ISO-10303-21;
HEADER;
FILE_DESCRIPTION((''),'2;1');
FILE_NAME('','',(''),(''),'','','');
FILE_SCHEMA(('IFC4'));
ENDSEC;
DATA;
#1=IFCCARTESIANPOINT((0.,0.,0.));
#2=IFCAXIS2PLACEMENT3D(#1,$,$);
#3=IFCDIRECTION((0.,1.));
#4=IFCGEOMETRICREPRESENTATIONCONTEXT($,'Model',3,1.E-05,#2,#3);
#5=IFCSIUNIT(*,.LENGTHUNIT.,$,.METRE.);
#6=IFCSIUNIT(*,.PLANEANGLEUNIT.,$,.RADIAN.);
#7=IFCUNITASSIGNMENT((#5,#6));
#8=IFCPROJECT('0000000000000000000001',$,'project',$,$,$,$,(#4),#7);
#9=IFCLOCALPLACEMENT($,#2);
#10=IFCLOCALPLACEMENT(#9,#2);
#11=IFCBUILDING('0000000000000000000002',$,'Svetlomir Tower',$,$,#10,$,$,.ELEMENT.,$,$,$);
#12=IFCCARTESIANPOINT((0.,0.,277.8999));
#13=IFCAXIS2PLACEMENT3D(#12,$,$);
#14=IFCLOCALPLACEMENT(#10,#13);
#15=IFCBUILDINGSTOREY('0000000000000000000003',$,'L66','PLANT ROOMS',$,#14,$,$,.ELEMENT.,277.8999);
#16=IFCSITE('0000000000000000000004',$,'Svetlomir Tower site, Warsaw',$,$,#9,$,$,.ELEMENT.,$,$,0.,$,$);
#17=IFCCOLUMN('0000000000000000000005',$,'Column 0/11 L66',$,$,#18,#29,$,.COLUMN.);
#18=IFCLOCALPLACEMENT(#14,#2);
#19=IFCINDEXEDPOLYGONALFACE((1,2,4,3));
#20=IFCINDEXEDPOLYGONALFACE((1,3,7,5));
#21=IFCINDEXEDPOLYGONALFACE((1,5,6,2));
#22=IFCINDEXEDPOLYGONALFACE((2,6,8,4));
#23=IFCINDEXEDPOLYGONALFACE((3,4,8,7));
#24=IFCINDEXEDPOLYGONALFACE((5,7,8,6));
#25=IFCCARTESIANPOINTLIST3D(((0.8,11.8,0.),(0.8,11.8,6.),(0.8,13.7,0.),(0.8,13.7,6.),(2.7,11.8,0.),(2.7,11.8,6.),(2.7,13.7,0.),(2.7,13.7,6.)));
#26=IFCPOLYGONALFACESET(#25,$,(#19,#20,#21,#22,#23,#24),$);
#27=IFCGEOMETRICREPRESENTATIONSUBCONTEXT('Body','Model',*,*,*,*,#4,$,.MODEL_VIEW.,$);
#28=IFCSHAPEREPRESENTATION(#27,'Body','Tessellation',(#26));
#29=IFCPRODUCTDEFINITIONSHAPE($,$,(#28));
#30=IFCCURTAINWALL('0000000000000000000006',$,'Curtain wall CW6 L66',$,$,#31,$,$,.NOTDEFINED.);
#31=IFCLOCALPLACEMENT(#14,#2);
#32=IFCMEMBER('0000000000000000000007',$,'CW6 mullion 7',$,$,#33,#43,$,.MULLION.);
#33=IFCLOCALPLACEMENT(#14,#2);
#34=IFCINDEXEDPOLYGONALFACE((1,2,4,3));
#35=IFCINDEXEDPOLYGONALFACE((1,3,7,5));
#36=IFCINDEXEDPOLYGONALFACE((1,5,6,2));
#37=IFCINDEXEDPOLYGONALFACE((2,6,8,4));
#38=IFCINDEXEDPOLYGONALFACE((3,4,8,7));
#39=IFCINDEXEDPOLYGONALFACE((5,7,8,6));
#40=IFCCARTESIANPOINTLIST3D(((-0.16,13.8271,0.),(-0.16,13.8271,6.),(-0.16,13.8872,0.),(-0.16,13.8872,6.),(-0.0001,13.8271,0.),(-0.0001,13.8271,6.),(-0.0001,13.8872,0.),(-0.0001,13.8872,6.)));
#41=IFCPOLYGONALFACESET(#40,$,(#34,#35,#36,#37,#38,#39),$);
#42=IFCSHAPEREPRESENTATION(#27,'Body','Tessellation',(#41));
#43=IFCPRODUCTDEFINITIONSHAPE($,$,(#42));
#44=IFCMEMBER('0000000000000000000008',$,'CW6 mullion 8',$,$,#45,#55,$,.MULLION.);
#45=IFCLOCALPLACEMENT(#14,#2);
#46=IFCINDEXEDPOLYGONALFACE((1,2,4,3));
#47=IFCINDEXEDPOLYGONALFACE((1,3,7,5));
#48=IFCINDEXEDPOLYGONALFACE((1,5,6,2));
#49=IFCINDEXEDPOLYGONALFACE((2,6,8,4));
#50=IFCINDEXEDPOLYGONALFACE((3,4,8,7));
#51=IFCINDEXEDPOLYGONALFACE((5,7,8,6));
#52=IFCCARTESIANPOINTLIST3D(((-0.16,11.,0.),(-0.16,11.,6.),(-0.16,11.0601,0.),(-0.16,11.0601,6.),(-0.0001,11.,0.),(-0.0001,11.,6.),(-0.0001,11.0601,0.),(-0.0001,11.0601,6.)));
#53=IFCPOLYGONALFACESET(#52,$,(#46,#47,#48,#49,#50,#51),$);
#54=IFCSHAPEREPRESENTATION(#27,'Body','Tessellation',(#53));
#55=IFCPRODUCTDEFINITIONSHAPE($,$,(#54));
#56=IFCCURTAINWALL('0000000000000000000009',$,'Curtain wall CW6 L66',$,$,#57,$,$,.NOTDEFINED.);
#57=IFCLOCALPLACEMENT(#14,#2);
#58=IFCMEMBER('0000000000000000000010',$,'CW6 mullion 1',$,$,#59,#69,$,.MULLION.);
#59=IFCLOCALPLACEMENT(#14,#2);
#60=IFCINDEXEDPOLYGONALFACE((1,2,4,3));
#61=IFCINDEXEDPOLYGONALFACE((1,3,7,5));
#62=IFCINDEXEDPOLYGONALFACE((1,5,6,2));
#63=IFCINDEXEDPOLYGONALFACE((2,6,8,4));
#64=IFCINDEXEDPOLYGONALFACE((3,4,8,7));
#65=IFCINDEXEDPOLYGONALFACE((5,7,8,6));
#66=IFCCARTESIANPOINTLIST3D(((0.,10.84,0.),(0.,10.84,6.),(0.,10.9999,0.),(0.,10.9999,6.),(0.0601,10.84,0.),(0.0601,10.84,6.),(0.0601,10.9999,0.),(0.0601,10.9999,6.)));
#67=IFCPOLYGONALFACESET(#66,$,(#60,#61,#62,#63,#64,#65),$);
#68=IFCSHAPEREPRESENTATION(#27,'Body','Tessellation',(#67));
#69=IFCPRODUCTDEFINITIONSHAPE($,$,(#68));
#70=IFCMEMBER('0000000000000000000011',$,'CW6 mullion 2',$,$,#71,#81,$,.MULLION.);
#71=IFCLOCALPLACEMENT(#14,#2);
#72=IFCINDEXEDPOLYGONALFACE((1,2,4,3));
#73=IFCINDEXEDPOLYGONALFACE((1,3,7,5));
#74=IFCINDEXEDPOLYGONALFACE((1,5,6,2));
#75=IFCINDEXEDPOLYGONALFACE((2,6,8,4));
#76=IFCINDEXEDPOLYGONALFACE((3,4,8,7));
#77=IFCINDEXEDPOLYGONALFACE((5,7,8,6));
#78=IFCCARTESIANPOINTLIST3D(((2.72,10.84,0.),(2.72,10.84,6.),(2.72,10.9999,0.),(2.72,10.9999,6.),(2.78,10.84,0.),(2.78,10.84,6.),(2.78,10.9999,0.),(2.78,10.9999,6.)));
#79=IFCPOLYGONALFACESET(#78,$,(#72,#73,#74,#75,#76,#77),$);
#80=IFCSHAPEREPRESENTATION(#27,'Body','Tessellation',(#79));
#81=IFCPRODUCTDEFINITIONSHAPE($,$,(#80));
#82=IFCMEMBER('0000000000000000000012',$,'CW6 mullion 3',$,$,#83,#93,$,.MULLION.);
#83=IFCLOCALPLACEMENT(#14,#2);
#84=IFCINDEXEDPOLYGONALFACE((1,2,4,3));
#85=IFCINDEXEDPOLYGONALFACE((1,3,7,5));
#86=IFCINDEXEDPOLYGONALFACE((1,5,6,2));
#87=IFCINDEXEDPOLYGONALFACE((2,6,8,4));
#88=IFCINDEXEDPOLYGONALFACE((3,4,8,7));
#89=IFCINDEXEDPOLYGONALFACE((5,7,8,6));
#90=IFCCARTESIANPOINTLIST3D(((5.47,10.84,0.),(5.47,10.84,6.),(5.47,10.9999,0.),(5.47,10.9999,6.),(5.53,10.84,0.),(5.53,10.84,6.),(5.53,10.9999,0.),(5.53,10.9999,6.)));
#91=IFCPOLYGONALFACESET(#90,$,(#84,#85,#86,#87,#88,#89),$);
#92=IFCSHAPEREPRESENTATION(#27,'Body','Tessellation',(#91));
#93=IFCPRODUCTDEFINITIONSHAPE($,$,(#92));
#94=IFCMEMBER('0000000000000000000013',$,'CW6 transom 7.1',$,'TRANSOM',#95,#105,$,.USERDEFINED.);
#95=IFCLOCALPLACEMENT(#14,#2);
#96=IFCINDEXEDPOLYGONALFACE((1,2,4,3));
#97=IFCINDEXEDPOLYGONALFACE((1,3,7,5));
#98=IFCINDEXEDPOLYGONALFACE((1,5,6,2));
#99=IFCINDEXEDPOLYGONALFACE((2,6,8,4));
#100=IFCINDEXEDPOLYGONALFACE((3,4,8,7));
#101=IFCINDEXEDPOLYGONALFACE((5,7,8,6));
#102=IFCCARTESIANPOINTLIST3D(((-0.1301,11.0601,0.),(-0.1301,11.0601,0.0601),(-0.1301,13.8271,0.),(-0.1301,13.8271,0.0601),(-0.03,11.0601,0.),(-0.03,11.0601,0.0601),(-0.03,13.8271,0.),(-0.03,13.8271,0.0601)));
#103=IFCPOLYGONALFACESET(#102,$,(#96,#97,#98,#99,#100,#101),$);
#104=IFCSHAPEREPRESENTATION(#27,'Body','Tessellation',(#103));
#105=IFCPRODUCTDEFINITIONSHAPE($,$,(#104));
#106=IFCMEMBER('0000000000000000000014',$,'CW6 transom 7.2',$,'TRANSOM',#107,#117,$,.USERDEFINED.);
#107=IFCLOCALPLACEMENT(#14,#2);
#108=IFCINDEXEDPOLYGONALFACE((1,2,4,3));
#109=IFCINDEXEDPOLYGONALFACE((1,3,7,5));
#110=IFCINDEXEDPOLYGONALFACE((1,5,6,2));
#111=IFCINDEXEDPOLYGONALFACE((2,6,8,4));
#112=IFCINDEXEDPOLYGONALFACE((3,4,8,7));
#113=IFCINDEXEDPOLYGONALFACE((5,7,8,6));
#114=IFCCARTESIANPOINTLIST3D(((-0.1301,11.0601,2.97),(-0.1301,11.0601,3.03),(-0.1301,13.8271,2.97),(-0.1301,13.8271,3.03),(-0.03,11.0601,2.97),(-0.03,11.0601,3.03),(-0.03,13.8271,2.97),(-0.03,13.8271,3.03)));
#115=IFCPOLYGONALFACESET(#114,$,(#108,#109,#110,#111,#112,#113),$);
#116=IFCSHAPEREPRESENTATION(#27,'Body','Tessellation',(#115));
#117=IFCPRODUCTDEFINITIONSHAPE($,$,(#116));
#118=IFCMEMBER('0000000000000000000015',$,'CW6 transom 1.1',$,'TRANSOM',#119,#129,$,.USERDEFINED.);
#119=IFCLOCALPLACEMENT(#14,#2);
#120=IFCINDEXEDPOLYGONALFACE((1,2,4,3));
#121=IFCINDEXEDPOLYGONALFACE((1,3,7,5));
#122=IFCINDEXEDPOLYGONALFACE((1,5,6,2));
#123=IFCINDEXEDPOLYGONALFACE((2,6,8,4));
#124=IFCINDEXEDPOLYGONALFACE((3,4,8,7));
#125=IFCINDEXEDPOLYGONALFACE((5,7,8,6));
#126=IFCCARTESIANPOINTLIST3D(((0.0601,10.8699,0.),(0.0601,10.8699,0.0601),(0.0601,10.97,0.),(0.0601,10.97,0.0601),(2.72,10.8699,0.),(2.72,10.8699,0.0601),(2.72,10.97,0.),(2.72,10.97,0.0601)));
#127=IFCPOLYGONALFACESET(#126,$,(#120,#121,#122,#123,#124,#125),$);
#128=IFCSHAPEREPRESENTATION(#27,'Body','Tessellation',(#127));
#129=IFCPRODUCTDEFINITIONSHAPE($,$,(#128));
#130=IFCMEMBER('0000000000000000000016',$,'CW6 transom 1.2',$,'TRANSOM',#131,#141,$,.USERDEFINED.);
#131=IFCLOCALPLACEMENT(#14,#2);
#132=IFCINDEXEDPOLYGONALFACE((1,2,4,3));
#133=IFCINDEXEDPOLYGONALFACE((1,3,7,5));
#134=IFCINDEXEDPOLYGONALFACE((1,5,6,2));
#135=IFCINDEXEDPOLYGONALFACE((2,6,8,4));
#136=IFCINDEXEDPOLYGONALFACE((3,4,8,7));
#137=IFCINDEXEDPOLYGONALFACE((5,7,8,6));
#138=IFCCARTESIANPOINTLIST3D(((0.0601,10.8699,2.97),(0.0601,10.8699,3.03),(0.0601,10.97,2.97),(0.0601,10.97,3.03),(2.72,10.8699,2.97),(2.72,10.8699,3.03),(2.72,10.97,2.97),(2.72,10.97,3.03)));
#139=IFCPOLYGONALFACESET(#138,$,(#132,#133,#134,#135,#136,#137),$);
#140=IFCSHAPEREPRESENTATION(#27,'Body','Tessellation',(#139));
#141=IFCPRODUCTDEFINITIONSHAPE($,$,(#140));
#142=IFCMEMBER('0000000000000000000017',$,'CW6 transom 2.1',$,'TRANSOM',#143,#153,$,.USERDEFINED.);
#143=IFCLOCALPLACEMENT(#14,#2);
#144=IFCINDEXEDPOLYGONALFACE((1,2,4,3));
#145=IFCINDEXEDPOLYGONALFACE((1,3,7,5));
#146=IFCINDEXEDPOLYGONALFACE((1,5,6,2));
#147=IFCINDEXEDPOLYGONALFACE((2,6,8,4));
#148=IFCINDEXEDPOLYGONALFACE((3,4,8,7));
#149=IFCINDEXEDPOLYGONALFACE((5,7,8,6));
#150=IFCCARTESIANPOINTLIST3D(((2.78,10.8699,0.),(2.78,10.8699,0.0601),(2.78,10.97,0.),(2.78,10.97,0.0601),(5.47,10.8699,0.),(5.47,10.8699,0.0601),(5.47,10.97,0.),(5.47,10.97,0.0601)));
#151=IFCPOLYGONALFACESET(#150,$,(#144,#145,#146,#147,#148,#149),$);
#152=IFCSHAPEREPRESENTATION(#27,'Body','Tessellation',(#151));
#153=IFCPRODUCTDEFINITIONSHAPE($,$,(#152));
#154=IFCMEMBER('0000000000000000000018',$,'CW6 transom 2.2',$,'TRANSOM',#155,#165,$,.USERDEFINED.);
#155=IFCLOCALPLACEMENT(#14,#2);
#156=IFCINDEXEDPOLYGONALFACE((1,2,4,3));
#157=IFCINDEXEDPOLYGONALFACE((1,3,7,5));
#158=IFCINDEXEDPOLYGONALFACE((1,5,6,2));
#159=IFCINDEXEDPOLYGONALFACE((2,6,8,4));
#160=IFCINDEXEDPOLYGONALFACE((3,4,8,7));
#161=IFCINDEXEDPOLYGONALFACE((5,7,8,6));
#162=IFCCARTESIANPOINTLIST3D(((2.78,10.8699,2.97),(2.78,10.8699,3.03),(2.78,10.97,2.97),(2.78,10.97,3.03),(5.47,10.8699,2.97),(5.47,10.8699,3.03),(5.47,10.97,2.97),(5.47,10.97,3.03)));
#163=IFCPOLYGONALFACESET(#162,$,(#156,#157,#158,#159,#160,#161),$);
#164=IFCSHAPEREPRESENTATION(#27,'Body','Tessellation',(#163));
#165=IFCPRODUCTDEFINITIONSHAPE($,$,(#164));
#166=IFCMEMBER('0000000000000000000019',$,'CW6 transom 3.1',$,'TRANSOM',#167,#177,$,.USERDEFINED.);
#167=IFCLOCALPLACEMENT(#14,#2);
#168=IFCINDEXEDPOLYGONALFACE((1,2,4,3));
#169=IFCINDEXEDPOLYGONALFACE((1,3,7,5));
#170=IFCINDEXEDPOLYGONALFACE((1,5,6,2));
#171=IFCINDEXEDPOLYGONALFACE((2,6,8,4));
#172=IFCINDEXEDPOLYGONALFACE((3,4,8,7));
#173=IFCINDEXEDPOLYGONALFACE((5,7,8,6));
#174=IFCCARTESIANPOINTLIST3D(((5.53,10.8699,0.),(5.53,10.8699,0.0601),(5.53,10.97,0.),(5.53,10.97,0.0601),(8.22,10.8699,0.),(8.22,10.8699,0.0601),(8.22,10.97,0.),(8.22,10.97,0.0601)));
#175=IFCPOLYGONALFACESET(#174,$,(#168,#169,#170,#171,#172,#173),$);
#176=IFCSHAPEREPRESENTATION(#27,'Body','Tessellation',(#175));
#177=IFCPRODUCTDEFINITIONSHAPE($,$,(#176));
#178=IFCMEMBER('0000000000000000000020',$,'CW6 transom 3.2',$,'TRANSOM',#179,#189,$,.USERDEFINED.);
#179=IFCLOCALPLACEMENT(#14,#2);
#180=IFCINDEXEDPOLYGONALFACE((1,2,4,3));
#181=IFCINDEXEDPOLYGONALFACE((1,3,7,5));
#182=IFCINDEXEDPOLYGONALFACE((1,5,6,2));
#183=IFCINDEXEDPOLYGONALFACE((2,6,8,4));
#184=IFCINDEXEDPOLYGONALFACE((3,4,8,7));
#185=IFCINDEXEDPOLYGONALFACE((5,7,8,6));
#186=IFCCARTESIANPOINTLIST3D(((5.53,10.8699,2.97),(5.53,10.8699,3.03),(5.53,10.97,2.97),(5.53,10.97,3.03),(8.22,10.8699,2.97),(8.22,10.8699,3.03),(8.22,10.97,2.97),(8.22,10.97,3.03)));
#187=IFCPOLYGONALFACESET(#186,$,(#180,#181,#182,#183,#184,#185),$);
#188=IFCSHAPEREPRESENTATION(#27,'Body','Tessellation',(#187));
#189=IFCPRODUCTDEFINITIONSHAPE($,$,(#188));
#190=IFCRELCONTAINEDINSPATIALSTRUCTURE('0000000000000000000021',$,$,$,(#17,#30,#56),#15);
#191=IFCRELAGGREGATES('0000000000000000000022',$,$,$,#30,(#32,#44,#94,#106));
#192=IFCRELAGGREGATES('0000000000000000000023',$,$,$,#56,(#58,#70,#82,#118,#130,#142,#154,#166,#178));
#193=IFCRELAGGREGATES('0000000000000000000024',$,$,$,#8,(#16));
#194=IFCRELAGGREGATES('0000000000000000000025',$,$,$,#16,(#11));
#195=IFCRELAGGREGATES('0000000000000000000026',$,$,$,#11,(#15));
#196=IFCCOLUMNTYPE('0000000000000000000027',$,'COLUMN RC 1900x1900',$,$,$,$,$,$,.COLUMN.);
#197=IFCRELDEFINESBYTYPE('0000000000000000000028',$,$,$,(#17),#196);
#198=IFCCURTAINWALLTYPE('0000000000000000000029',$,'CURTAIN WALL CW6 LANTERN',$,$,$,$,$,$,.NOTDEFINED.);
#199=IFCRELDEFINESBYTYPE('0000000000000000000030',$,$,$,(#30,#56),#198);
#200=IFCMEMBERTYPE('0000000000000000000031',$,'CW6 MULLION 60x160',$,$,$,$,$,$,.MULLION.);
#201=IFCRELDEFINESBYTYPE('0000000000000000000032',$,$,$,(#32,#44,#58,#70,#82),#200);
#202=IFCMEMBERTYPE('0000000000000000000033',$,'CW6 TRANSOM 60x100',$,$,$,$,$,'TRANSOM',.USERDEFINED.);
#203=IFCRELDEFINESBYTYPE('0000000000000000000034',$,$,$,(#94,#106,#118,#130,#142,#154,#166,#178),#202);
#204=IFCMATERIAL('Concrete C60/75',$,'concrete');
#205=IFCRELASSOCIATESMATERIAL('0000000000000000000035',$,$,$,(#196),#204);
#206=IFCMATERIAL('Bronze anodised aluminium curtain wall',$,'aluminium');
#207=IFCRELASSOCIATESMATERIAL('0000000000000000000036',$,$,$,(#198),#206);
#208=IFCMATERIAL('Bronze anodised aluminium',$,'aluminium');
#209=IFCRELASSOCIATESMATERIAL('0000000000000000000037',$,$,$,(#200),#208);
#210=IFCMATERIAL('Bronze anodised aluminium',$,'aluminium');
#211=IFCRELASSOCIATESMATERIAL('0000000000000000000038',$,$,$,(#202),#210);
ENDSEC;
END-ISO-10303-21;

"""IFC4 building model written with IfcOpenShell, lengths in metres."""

from ifc_helpers import new_model, si_unit, direction, frame, origin, origin_2d, place, context, subcontext, project, spatial, rectangle, extrude, material, material_profile, profile_set, type_object, element, aggregate, save


model = new_model("IFC4")

# Units and contexts
model_context = context("Model", 3, precision=1e-05, world=origin(), true_north=direction((0.0, 1.0)))
body_context = subcontext(model_context, "Body", "Model", "MODEL_VIEW")
ifc_project = project(units=[si_unit("LENGTHUNIT", "METRE"), si_unit("PLANEANGLEUNIT", "RADIAN")], contexts=[model_context])

# Site, building, storey
site_placement = place(None, origin())
site = spatial("IfcSite", under=ifc_project, at=site_placement, Name="Svetlomir Tower site, Warsaw", CompositionType="ELEMENT", RefElevation=0.0)
building_placement = place(site_placement, origin())
building = spatial("IfcBuilding", under=site, at=building_placement, Name="Svetlomir Tower", CompositionType="ELEMENT")
storey_placement = place(building_placement, frame((0.0, 0.0, 277.8999)))
storey = spatial("IfcBuildingStorey", under=building, at=storey_placement, Name="L66", Description="PLANT ROOMS", CompositionType="ELEMENT", Elevation=277.8999)

# Column
ifc_material_1 = material(Name="Concrete C60/75", Category="concrete")
ifc_material_profile_1 = material_profile(ifc_material_1, rectangle(XDim=1.8999, YDim=1.8999, at=origin_2d()), Name="RC 1900x1900")
ifc_profile_set_1 = profile_set([ifc_material_profile_1], Name="Concrete C60/75")
column_type = type_object("IfcColumnType", Name="COLUMN RC 1900x1900", PredefinedType="COLUMN", material=ifc_profile_set_1)
column_placement = place(storey_placement, frame((1.75, 12.75, 0.0), z_axis=(0.0, 0.0, 1.0), x_axis=(1.0, 0.0, 0.0)))
element("IfcColumn", 1, at=column_placement, inside=storey, type_object=column_type, Name="Column 0/11 L66", PredefinedType="COLUMN", context=body_context, shape_type="SweptSolid", body=[
    extrude(rectangle(XDim=1.8999, YDim=1.8999, at=origin_2d()), origin(), (0.0, 0.0, 1.0), 6.0),
])

# Curtain walls, members
ifc_material_2 = material(Name="Bronze anodised aluminium curtain wall", Category="aluminium")
curtain_wall_type = type_object("IfcCurtainWallType", Name="CURTAIN WALL CW6 LANTERN", PredefinedType="NOTDEFINED", material=ifc_material_2)
curtain_wall_1_placement = place(storey_placement, origin())
curtain_wall_1 = element("IfcCurtainWall", 2, at=curtain_wall_1_placement, inside=storey, type_object=curtain_wall_type, Name="Curtain wall CW6 L66", PredefinedType="NOTDEFINED")
ifc_material_3 = material(Name="Bronze anodised aluminium", Category="aluminium")
ifc_material_profile_2 = material_profile(ifc_material_3, rectangle(XDim=0.0601, YDim=0.1599, at=origin_2d()), Name="AL 60x160")
ifc_profile_set_2 = profile_set([ifc_material_profile_2], Name="Bronze anodised aluminium 6063-T6")
member_type_1 = type_object("IfcMemberType", Name="CW6 MULLION 60x160", PredefinedType="MULLION", material=ifc_profile_set_2)
member_1_placement = place(storey_placement, frame((-0.0801, 13.8572, 0.0), z_axis=(0.0, 0.0, 1.0), x_axis=(0.0, -1.0, 0.0)))
member_1 = element("IfcMember", 3, at=member_1_placement, type_object=member_type_1, Name="CW6 mullion 7", PredefinedType="MULLION", context=body_context, shape_type="SweptSolid", body=[
    extrude(rectangle(XDim=0.0601, YDim=0.1599, at=origin_2d()), origin(), (0.0, 0.0, 1.0), 6.0),
])
member_2_placement = place(storey_placement, frame((-0.0801, 11.03, 0.0), z_axis=(0.0, 0.0, 1.0), x_axis=(0.0, -1.0, 0.0)))
member_2 = element("IfcMember", 4, at=member_2_placement, type_object=member_type_1, Name="CW6 mullion 8", PredefinedType="MULLION", context=body_context, shape_type="SweptSolid", body=[
    extrude(rectangle(XDim=0.0601, YDim=0.1599, at=origin_2d()), origin(), (0.0, 0.0, 1.0), 6.0),
])
curtain_wall_2_placement = place(storey_placement, origin())
curtain_wall_2 = element("IfcCurtainWall", 5, at=curtain_wall_2_placement, inside=storey, type_object=curtain_wall_type, Name="Curtain wall CW6 L66", PredefinedType="NOTDEFINED")
member_3_placement = place(storey_placement, frame((0.03, 10.9199, 0.0), z_axis=(0.0, 0.0, 1.0), x_axis=(1.0, 0.0, 0.0)))
member_3 = element("IfcMember", 6, at=member_3_placement, type_object=member_type_1, Name="CW6 mullion 1", PredefinedType="MULLION", context=body_context, shape_type="SweptSolid", body=[
    extrude(rectangle(XDim=0.0601, YDim=0.1599, at=origin_2d()), origin(), (0.0, 0.0, 1.0), 6.0),
])
member_4_placement = place(storey_placement, frame((2.75, 10.9199, 0.0), z_axis=(0.0, 0.0, 1.0), x_axis=(1.0, 0.0, 0.0)))
member_4 = element("IfcMember", 7, at=member_4_placement, type_object=member_type_1, Name="CW6 mullion 2", PredefinedType="MULLION", context=body_context, shape_type="SweptSolid", body=[
    extrude(rectangle(XDim=0.0601, YDim=0.1599, at=origin_2d()), origin(), (0.0, 0.0, 1.0), 6.0),
])
member_5_placement = place(storey_placement, frame((5.5, 10.9199, 0.0), z_axis=(0.0, 0.0, 1.0), x_axis=(1.0, 0.0, 0.0)))
member_5 = element("IfcMember", 8, at=member_5_placement, type_object=member_type_1, Name="CW6 mullion 3", PredefinedType="MULLION", context=body_context, shape_type="SweptSolid", body=[
    extrude(rectangle(XDim=0.0601, YDim=0.1599, at=origin_2d()), origin(), (0.0, 0.0, 1.0), 6.0),
])

# Members
ifc_material_4 = material(Name="Bronze anodised aluminium", Category="aluminium")
ifc_material_profile_3 = material_profile(ifc_material_4, rectangle(XDim=0.1001, YDim=0.0601, at=origin_2d()), Name="AL 100x60")
ifc_profile_set_3 = profile_set([ifc_material_profile_3], Name="Bronze anodised aluminium 6063-T6")
member_type_2 = type_object("IfcMemberType", Name="CW6 TRANSOM 60x100", ElementType="TRANSOM", PredefinedType="USERDEFINED", material=ifc_profile_set_3)
member_6_placement = place(storey_placement, frame((-0.0801, 13.8271, 0.03), z_axis=(0.0, -1.0, 0.0), x_axis=(1.0, 0.0, 0.0)))
member_6 = element("IfcMember", 9, at=member_6_placement, type_object=member_type_2, Name="CW6 transom 7.1", ObjectType="TRANSOM", PredefinedType="USERDEFINED", context=body_context, shape_type="SweptSolid", body=[
    extrude(rectangle(XDim=0.1001, YDim=0.0601, at=origin_2d()), origin(), (0.0, 0.0, 1.0), 2.7671),
])
member_7_placement = place(storey_placement, frame((-0.0801, 13.8271, 3.0), z_axis=(0.0, -1.0, 0.0), x_axis=(1.0, 0.0, 0.0)))
member_7 = element("IfcMember", 10, at=member_7_placement, type_object=member_type_2, Name="CW6 transom 7.2", ObjectType="TRANSOM", PredefinedType="USERDEFINED", context=body_context, shape_type="SweptSolid", body=[
    extrude(rectangle(XDim=0.1001, YDim=0.0601, at=origin_2d()), origin(), (0.0, 0.0, 1.0), 2.7671),
])
member_8_placement = place(storey_placement, frame((0.0601, 10.9199, 0.03), z_axis=(1.0, 0.0, 0.0), x_axis=(0.0, 1.0, 0.0)))
member_8 = element("IfcMember", 11, at=member_8_placement, type_object=member_type_2, Name="CW6 transom 1.1", ObjectType="TRANSOM", PredefinedType="USERDEFINED", context=body_context, shape_type="SweptSolid", body=[
    extrude(rectangle(XDim=0.1001, YDim=0.0601, at=origin_2d()), origin(), (0.0, 0.0, 1.0), 2.6599),
])
member_9_placement = place(storey_placement, frame((0.0601, 10.9199, 3.0), z_axis=(1.0, 0.0, 0.0), x_axis=(0.0, 1.0, 0.0)))
member_9 = element("IfcMember", 12, at=member_9_placement, type_object=member_type_2, Name="CW6 transom 1.2", ObjectType="TRANSOM", PredefinedType="USERDEFINED", context=body_context, shape_type="SweptSolid", body=[
    extrude(rectangle(XDim=0.1001, YDim=0.0601, at=origin_2d()), origin(), (0.0, 0.0, 1.0), 2.6599),
])
member_10_placement = place(storey_placement, frame((2.78, 10.9199, 0.03), z_axis=(1.0, 0.0, 0.0), x_axis=(0.0, 1.0, 0.0)))
member_10 = element("IfcMember", 13, at=member_10_placement, type_object=member_type_2, Name="CW6 transom 2.1", ObjectType="TRANSOM", PredefinedType="USERDEFINED", context=body_context, shape_type="SweptSolid", body=[
    extrude(rectangle(XDim=0.1001, YDim=0.0601, at=origin_2d()), origin(), (0.0, 0.0, 1.0), 2.6899),
])
member_11_placement = place(storey_placement, frame((2.78, 10.9199, 3.0), z_axis=(1.0, 0.0, 0.0), x_axis=(0.0, 1.0, 0.0)))
member_11 = element("IfcMember", 14, at=member_11_placement, type_object=member_type_2, Name="CW6 transom 2.2", ObjectType="TRANSOM", PredefinedType="USERDEFINED", context=body_context, shape_type="SweptSolid", body=[
    extrude(rectangle(XDim=0.1001, YDim=0.0601, at=origin_2d()), origin(), (0.0, 0.0, 1.0), 2.6899),
])
member_12_placement = place(storey_placement, frame((5.53, 10.9199, 0.03), z_axis=(1.0, 0.0, 0.0), x_axis=(0.0, 1.0, 0.0)))
member_12 = element("IfcMember", 15, at=member_12_placement, type_object=member_type_2, Name="CW6 transom 3.1", ObjectType="TRANSOM", PredefinedType="USERDEFINED", context=body_context, shape_type="SweptSolid", body=[
    extrude(rectangle(XDim=0.1001, YDim=0.0601, at=origin_2d()), origin(), (0.0, 0.0, 1.0), 2.6899),
])
member_13_placement = place(storey_placement, frame((5.53, 10.9199, 3.0), z_axis=(1.0, 0.0, 0.0), x_axis=(0.0, 1.0, 0.0)))
member_13 = element("IfcMember", 16, at=member_13_placement, type_object=member_type_2, Name="CW6 transom 3.2", ObjectType="TRANSOM", PredefinedType="USERDEFINED", context=body_context, shape_type="SweptSolid", body=[
    extrude(rectangle(XDim=0.1001, YDim=0.0601, at=origin_2d()), origin(), (0.0, 0.0, 1.0), 2.6899),
])

aggregate(curtain_wall_1, [member_1, member_2, member_6, member_7])
aggregate(curtain_wall_2, [member_3, member_4, member_5, member_8, member_9, member_10, member_11, member_12, member_13])

save(model, "model.ifc")
